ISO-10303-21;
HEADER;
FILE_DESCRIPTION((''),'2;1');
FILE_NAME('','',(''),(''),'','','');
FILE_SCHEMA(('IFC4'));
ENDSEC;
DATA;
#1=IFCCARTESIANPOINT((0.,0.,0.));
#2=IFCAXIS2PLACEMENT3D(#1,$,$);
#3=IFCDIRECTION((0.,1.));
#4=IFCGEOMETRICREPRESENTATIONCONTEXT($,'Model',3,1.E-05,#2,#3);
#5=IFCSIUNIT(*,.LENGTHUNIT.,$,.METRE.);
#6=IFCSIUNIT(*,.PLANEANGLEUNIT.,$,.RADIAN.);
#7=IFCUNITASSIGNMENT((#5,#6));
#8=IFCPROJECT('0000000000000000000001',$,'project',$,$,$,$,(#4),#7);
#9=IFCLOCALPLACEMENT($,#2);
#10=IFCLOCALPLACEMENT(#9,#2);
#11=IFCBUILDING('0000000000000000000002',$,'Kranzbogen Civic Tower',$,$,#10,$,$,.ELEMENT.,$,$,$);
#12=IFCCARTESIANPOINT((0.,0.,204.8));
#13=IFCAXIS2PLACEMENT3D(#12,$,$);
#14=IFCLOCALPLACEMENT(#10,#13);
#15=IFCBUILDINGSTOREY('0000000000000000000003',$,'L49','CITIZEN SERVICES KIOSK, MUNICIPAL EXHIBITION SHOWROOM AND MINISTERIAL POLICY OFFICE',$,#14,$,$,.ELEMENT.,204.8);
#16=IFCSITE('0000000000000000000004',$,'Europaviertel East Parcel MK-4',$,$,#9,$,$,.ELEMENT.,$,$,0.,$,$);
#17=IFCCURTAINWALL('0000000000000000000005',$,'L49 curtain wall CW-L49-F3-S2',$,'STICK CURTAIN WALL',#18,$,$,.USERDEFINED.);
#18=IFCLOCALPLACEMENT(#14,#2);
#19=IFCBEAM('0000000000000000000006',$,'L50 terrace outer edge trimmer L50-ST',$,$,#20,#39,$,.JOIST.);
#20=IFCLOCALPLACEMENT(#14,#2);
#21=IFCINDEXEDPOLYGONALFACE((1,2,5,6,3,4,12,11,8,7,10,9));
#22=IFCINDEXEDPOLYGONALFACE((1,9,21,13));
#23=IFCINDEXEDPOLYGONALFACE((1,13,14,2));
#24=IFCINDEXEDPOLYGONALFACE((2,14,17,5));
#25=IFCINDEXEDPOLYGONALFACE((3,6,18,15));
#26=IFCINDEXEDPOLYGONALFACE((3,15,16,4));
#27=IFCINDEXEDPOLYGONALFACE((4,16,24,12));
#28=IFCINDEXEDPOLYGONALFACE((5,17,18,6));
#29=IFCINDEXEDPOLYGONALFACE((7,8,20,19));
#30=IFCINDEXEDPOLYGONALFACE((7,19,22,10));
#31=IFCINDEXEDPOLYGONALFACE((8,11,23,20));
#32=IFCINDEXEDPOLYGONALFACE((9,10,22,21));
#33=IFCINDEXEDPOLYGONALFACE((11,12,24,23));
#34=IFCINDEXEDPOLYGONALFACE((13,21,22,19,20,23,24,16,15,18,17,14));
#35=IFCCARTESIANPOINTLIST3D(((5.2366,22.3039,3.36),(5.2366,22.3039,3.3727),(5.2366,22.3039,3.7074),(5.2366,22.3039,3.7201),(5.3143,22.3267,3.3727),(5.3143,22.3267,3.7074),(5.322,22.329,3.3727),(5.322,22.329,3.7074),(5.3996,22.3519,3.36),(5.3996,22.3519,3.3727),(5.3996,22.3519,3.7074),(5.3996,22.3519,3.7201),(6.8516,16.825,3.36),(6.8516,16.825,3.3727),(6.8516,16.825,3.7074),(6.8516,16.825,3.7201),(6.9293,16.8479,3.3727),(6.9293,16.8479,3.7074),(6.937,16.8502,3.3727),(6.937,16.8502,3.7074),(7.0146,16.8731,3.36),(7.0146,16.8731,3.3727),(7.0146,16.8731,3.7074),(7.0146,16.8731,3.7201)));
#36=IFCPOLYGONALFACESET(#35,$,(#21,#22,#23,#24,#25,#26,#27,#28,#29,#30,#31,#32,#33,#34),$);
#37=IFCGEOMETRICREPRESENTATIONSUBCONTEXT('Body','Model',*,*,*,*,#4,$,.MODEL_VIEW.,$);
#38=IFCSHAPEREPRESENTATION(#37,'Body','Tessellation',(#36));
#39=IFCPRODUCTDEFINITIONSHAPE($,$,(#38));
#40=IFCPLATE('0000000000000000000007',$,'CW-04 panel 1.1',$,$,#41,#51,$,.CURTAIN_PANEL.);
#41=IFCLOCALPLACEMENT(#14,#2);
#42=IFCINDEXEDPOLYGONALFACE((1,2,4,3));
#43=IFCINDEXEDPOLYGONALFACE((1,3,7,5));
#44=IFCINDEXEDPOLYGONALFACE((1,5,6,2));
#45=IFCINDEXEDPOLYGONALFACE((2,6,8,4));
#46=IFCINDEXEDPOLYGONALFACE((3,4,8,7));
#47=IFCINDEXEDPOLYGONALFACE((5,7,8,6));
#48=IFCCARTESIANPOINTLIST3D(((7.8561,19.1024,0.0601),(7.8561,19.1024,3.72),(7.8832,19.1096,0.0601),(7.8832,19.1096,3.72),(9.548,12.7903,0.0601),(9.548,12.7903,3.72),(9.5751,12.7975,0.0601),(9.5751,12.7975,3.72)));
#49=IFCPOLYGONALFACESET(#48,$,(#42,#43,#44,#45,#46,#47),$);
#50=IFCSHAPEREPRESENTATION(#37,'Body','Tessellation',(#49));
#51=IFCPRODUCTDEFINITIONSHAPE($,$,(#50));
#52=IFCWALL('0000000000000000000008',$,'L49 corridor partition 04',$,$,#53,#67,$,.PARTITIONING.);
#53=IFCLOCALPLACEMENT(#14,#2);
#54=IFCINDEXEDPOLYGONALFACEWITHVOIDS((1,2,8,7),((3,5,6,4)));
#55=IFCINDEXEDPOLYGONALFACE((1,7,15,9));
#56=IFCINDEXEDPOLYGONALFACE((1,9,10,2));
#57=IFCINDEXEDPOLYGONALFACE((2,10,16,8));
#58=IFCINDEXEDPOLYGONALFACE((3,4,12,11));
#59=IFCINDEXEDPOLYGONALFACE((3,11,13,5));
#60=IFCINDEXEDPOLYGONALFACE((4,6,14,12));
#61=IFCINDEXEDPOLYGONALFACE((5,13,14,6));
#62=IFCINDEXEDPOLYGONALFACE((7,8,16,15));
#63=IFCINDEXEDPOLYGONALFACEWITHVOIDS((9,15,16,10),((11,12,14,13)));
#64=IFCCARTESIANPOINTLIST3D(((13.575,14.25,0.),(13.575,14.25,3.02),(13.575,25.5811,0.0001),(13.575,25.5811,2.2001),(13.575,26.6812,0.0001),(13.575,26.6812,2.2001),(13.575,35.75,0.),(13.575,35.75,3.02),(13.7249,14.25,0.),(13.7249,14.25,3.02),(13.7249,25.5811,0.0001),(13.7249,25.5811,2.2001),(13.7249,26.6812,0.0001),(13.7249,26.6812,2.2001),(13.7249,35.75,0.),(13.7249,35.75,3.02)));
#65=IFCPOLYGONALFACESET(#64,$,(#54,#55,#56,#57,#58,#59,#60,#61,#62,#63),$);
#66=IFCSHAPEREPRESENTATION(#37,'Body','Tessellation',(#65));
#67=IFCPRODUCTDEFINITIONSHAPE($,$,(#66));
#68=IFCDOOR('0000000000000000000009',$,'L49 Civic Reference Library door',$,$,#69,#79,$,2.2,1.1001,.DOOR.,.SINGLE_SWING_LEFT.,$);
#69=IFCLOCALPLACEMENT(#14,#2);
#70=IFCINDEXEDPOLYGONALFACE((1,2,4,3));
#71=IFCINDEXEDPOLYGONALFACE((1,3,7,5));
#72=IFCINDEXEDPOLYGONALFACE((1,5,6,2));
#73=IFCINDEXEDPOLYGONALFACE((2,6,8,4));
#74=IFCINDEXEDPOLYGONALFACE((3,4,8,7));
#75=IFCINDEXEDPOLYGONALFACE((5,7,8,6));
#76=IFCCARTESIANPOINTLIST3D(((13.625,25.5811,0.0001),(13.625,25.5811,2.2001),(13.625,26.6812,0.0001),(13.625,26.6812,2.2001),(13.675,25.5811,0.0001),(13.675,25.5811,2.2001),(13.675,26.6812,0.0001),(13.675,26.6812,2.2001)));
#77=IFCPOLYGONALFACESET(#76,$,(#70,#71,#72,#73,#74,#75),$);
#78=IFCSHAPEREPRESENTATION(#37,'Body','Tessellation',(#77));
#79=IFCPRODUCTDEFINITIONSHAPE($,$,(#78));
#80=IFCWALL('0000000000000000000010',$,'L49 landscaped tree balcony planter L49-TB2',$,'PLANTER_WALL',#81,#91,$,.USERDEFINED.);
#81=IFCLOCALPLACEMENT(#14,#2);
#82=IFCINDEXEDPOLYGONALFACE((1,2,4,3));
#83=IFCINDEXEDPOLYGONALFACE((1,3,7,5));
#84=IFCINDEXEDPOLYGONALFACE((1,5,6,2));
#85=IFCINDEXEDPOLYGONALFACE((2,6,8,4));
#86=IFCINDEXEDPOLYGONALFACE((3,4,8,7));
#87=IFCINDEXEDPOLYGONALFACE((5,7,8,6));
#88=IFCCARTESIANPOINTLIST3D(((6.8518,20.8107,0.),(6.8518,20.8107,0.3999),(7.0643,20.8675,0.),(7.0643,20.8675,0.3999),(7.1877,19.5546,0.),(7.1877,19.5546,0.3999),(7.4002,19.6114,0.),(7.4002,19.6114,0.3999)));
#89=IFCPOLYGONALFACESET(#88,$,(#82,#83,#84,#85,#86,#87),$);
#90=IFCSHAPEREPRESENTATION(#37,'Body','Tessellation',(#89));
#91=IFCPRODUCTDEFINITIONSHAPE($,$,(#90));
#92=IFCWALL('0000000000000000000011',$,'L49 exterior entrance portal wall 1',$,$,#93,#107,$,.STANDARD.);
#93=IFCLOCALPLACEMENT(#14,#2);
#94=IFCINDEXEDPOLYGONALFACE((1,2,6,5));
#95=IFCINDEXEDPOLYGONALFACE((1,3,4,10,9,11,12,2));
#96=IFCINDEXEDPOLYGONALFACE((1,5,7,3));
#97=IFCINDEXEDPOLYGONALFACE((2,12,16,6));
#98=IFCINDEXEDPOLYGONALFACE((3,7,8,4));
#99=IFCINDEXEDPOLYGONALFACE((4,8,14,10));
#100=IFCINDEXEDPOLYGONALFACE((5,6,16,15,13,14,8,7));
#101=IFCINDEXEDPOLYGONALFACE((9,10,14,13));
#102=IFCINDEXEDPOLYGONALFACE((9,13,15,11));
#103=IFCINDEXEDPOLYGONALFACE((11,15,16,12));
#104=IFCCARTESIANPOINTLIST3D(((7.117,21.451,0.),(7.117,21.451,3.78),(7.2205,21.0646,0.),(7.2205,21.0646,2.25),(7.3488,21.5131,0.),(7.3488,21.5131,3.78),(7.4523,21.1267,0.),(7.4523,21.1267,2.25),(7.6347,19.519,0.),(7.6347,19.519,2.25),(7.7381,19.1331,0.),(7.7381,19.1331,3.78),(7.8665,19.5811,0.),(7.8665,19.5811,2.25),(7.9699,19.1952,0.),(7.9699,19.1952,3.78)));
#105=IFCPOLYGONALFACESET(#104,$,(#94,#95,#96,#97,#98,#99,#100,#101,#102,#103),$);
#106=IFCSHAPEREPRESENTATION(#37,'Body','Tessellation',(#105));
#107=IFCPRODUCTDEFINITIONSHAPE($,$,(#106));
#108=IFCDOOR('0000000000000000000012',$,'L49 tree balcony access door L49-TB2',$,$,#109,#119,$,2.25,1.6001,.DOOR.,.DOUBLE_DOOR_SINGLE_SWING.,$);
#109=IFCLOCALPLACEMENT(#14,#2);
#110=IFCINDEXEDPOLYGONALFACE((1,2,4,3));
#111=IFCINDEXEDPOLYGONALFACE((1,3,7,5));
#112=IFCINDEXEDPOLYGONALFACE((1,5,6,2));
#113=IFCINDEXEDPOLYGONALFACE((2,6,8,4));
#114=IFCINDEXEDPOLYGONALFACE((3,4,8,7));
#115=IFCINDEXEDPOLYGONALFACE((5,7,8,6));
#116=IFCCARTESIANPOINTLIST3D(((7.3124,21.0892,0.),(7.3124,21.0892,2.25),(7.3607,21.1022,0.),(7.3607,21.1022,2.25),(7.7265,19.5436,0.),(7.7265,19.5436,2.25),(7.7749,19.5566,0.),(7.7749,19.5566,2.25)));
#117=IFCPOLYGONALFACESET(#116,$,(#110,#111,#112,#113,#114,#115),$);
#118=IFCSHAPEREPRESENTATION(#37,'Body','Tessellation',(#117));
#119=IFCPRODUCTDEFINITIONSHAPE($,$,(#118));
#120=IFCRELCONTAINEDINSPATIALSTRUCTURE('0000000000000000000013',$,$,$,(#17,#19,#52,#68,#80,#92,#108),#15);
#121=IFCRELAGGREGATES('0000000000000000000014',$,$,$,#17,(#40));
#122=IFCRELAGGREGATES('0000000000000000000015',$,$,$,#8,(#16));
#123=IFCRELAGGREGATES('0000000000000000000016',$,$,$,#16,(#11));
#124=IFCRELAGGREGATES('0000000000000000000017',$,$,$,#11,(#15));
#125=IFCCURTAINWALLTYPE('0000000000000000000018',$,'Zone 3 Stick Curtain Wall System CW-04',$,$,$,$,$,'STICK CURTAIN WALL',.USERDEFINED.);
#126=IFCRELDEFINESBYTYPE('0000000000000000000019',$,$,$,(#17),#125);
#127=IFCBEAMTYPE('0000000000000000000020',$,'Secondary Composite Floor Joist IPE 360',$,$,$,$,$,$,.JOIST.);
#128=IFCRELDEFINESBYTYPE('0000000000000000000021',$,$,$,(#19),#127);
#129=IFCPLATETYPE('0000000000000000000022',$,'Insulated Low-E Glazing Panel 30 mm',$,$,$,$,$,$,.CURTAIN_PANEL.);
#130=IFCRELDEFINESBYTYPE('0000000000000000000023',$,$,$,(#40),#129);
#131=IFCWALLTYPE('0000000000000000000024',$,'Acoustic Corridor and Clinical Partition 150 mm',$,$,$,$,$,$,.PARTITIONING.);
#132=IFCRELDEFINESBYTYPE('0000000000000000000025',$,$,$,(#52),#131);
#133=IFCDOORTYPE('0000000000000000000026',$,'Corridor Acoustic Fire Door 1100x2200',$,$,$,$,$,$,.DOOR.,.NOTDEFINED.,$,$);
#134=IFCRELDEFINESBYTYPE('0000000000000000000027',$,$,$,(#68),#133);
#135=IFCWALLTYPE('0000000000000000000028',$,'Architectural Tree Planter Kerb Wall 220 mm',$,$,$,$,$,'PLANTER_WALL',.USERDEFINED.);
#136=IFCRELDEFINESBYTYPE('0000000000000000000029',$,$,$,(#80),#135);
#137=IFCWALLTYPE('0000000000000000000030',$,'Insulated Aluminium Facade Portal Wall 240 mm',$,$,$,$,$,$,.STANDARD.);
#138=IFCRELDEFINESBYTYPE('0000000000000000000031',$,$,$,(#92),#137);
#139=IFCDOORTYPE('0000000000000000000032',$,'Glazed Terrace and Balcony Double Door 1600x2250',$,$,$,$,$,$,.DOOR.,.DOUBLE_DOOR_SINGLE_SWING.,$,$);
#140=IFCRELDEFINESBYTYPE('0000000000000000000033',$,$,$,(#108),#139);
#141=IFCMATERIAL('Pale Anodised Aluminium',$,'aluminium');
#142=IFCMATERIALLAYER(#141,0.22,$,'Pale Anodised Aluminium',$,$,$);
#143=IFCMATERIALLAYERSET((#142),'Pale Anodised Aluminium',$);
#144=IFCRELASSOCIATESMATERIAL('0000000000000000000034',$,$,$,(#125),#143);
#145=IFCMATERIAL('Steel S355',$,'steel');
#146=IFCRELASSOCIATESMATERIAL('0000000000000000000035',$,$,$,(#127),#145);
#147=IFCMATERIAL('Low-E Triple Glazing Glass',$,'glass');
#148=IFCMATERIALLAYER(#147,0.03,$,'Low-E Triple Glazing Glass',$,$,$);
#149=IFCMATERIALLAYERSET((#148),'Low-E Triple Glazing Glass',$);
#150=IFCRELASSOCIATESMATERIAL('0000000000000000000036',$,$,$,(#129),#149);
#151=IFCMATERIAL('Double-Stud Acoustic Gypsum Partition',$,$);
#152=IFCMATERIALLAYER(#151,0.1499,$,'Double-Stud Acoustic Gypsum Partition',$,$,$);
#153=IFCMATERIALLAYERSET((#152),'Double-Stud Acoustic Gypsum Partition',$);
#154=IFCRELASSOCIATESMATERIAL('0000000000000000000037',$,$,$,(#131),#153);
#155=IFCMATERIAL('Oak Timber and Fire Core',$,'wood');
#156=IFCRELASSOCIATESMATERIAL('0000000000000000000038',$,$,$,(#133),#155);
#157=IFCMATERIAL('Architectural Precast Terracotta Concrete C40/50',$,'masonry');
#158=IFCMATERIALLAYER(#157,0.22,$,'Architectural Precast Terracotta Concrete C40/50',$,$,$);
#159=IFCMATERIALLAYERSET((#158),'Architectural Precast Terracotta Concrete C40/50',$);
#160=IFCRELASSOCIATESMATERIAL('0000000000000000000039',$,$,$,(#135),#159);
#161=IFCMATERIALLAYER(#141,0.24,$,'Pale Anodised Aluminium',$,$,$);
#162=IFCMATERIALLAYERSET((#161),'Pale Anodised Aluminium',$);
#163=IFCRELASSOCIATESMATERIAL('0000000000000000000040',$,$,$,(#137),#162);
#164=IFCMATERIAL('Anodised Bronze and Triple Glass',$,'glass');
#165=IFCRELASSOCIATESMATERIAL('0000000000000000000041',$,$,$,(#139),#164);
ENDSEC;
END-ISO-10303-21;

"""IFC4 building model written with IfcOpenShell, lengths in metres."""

from ifc_helpers import new_model, si_unit, direction, frame, frame_2d, origin, origin_2d, place, context, subcontext, project, spatial, rectangle, i_section, extrude, material, layer, layer_set, material_profile, profile_set, type_object, element, fill, aggregate, save


model = new_model("IFC4")

# Units and contexts
model_context = context("Model", 3, precision=1e-05, world=origin(), true_north=direction((0.0, 1.0)))
body_context = subcontext(model_context, "Body", "Model", "MODEL_VIEW")
ifc_project = project(units=[si_unit("LENGTHUNIT", "METRE"), si_unit("PLANEANGLEUNIT", "RADIAN")], contexts=[model_context])

# Site, building, storey
site_placement = place(None, origin())
site = spatial("IfcSite", under=ifc_project, at=site_placement, Name="Europaviertel East Parcel MK-4", CompositionType="ELEMENT", RefElevation=0.0)
building_placement = place(site_placement, origin())
building = spatial("IfcBuilding", under=site, at=building_placement, Name="Kranzbogen Civic Tower", CompositionType="ELEMENT")
storey_placement = place(building_placement, frame((0.0, 0.0, 204.8)))
storey = spatial("IfcBuildingStorey", under=building, at=storey_placement, Name="L49", Description="CITIZEN SERVICES KIOSK, MUNICIPAL EXHIBITION SHOWROOM AND MINISTERIAL POLICY OFFICE", CompositionType="ELEMENT", Elevation=204.8)

# Shared definitions
ifc_material_1 = material(Name="Steel S355", Category="steel")

# Shared definitions
ifc_material_2 = material(Name="Pale Anodised Aluminium", Category="aluminium")
ifc_layer_1 = layer(ifc_material_2, 0.22, Name="Pale Anodised Aluminium")
ifc_layer_set_1 = layer_set([ifc_layer_1], Name="Pale Anodised Aluminium")
curtain_wall_type = type_object("IfcCurtainWallType", Name="Zone 3 Stick Curtain Wall System CW-04", ElementType="STICK CURTAIN WALL", PredefinedType="USERDEFINED", material=ifc_layer_set_1)

# Curtain wall
curtain_wall_1_placement = place(storey_placement, origin())
curtain_wall_1 = element("IfcCurtainWall", 1, at=curtain_wall_1_placement, inside=storey, type_object=curtain_wall_type, Name="L49 curtain wall CW-L49-F3-S2", ObjectType="STICK CURTAIN WALL", PredefinedType="USERDEFINED")

# Beam
ifc_material_profile_1 = material_profile(ifc_material_1, i_section(OverallWidth=0.1699, OverallDepth=0.3601, WebThickness=0.0081, FlangeThickness=0.0127, at=origin_2d()), Name="IPE 360")
ifc_profile_set_1 = profile_set([ifc_material_profile_1], Name="Steel S355")
beam_type_1 = type_object("IfcBeamType", Name="Secondary Composite Floor Joist IPE 360", PredefinedType="JOIST", material=ifc_profile_set_1)
beam_1_placement = place(storey_placement, frame((5.3181, 22.3279, 3.54), z_axis=(0.282745, -0.959195, 0.0), x_axis=(0.959195, 0.282745, 0.0)))
element("IfcBeam", 2, at=beam_1_placement, inside=storey, type_object=beam_type_1, Name="L50 terrace outer edge trimmer L50-ST", PredefinedType="JOIST", context=body_context, shape_type="SweptSolid", body=[
    extrude(i_section(OverallWidth=0.1699, OverallDepth=0.3601, WebThickness=0.0081, FlangeThickness=0.0127, at=origin_2d()), origin(), (0.0, 0.0, 1.0), 5.7119),
])

# Plate
ifc_material_3 = material(Name="Low-E Triple Glazing Glass", Category="glass")
ifc_layer_2 = layer(ifc_material_3, 0.03, Name="Low-E Triple Glazing Glass")
ifc_layer_set_2 = layer_set([ifc_layer_2], Name="Low-E Triple Glazing Glass")
plate_type = type_object("IfcPlateType", Name="Insulated Low-E Glazing Panel 30 mm", PredefinedType="CURTAIN_PANEL", material=ifc_layer_set_2)
plate_placement = place(storey_placement, frame((8.7156, 15.95, 0.0601), z_axis=(0.0, 0.0, 1.0), x_axis=(0.258906, -0.965902, 0.0)))
plate = element("IfcPlate", 3, at=plate_placement, type_object=plate_type, Name="CW-04 panel 1.1", PredefinedType="CURTAIN_PANEL", context=body_context, shape_type="SweptSolid", body=[
    extrude(rectangle(XDim=6.5349, YDim=0.0281, at=origin_2d()), origin(), (0.0, 0.0, 1.0), 3.6599),
])
aggregate(curtain_wall_1, [plate])

# Wall, opening, door
ifc_material_4 = material(Name="Double-Stud Acoustic Gypsum Partition")
ifc_layer_3 = layer(ifc_material_4, 0.1499, Name="Double-Stud Acoustic Gypsum Partition")
ifc_layer_set_3 = layer_set([ifc_layer_3], Name="Double-Stud Acoustic Gypsum Partition")
wall_type_1 = type_object("IfcWallType", Name="Acoustic Corridor and Clinical Partition 150 mm", PredefinedType="PARTITIONING", material=ifc_layer_set_3)
wall_1_placement = place(storey_placement, frame((13.6499, 14.25, 0.0), z_axis=(0.0, 0.0, 1.0), x_axis=(0.0, 1.0, 0.0)))
wall_1 = element("IfcWall", 4, at=wall_1_placement, inside=storey, type_object=wall_type_1, Name="L49 corridor partition 04", PredefinedType="PARTITIONING", context=body_context, shape_type="SweptSolid", body=[
    extrude(rectangle(XDim=21.5, YDim=0.1499, at=frame_2d((10.75, 0.0))), origin(), (0.0, 0.0, 1.0), 3.02),
])
opening_1_placement = place(wall_1_placement, frame((11.3311, 0.0, 0.0)))
opening_1 = element("IfcOpeningElement", 5, at=opening_1_placement, cuts=wall_1, PredefinedType="OPENING", context=body_context, shape_type="SweptSolid", body=[
    extrude(rectangle(XDim=1.1001, YDim=2.2, at=frame_2d((0.55, 1.1001))), frame((0.0, 0.085, 0.0), z_axis=(0.0, -1.0, 0.0), x_axis=(1.0, 0.0, 0.0)), (0.0, 0.0, 1.0), 0.1699),
])
ifc_material_5 = material(Name="Oak Timber and Fire Core", Category="wood")
door_type_1 = type_object("IfcDoorType", Name="Corridor Acoustic Fire Door 1100x2200", OperationType="NOTDEFINED", PredefinedType="DOOR", material=ifc_material_5)
door_1_placement = place(opening_1_placement, origin())
door_1 = element("IfcDoor", 6, at=door_1_placement, inside=storey, type_object=door_type_1, Name="L49 Civic Reference Library door", OperationType="SINGLE_SWING_LEFT", OverallHeight=2.2, OverallWidth=1.1001, PredefinedType="DOOR", context=body_context, shape_type="SweptSolid", body=[
    extrude(rectangle(XDim=1.1001, YDim=2.2, at=frame_2d((0.55, 1.1001))), frame((0.0, 0.0249, 0.0), z_axis=(0.0, -1.0, 0.0), x_axis=(1.0, 0.0, 0.0)), (0.0, 0.0, 1.0), 0.05),
])
fill(opening_1, door_1)

# Wall
ifc_material_6 = material(Name="Architectural Precast Terracotta Concrete C40/50", Category="masonry")
ifc_layer_4 = layer(ifc_material_6, 0.22, Name="Architectural Precast Terracotta Concrete C40/50")
ifc_layer_set_4 = layer_set([ifc_layer_4], Name="Architectural Precast Terracotta Concrete C40/50")
wall_type_2 = type_object("IfcWallType", Name="Architectural Tree Planter Kerb Wall 220 mm", ElementType="PLANTER_WALL", PredefinedType="USERDEFINED", material=ifc_layer_set_4)
wall_2_placement = place(storey_placement, frame((6.958, 20.8391, 0.0), z_axis=(0.0, 0.0, 1.0), x_axis=(0.258364, -0.966048, 0.0)))
element("IfcWall", 7, at=wall_2_placement, inside=storey, type_object=wall_type_2, Name="L49 landscaped tree balcony planter L49-TB2", ObjectType="PLANTER_WALL", PredefinedType="USERDEFINED", context=body_context, shape_type="SweptSolid", body=[
    extrude(rectangle(XDim=1.3003, YDim=0.22, at=frame_2d((0.6501, 0.0))), origin(), (0.0, 0.0, 1.0), 0.3999),
])

# Wall, opening, door
ifc_layer_5 = layer(ifc_material_2, 0.24, Name="Pale Anodised Aluminium")
ifc_layer_set_5 = layer_set([ifc_layer_5], Name="Pale Anodised Aluminium")
wall_type_3 = type_object("IfcWallType", Name="Insulated Aluminium Facade Portal Wall 240 mm", PredefinedType="STANDARD", material=ifc_layer_set_5)
wall_3_placement = place(storey_placement, frame((7.2329, 21.4819, 0.0), z_axis=(0.0, 0.0, 1.0), x_axis=(0.258828, -0.965924, 0.0)))
wall_3 = element("IfcWall", 8, at=wall_3_placement, inside=storey, type_object=wall_type_3, Name="L49 exterior entrance portal wall 1", PredefinedType="STANDARD", context=body_context, shape_type="SweptSolid", body=[
    extrude(rectangle(XDim=2.3997, YDim=0.24, at=frame_2d((1.1997, 0.0))), origin(), (0.0, 0.0, 1.0), 3.78),
])
opening_2_placement = place(wall_3_placement, frame((0.3999, 0.0, 0.0)))
opening_2 = element("IfcOpeningElement", 9, at=opening_2_placement, cuts=wall_3, PredefinedType="OPENING", context=body_context, shape_type="SweptSolid", body=[
    extrude(rectangle(XDim=1.6001, YDim=2.25, at=frame_2d((0.8, 1.125))), frame((0.0, 0.1299, 0.0), z_axis=(0.0, -1.0, 0.0), x_axis=(1.0, 0.0, 0.0)), (0.0, 0.0, 1.0), 0.26),
])
ifc_material_7 = material(Name="Anodised Bronze and Triple Glass", Category="glass")
door_type_2 = type_object("IfcDoorType", Name="Glazed Terrace and Balcony Double Door 1600x2250", OperationType="DOUBLE_DOOR_SINGLE_SWING", PredefinedType="DOOR", material=ifc_material_7)
door_2_placement = place(opening_2_placement, frame((1.6001, 0.0, 0.0), z_axis=(0.0, 0.0, 1.0), x_axis=(-1.0, 0.0, 0.0)))
door_2 = element("IfcDoor", 10, at=door_2_placement, inside=storey, type_object=door_type_2, Name="L49 tree balcony access door L49-TB2", OperationType="DOUBLE_DOOR_SINGLE_SWING", OverallHeight=2.25, OverallWidth=1.6001, PredefinedType="DOOR", context=body_context, shape_type="SweptSolid", body=[
    extrude(rectangle(XDim=1.6001, YDim=2.25, at=frame_2d((0.8, 1.125))), frame((0.0, 0.0249, 0.0), z_axis=(0.0, -1.0, 0.0), x_axis=(1.0, 0.0, 0.0)), (0.0, 0.0, 1.0), 0.05),
])
fill(opening_2, door_2)

save(model, "model.ifc")
